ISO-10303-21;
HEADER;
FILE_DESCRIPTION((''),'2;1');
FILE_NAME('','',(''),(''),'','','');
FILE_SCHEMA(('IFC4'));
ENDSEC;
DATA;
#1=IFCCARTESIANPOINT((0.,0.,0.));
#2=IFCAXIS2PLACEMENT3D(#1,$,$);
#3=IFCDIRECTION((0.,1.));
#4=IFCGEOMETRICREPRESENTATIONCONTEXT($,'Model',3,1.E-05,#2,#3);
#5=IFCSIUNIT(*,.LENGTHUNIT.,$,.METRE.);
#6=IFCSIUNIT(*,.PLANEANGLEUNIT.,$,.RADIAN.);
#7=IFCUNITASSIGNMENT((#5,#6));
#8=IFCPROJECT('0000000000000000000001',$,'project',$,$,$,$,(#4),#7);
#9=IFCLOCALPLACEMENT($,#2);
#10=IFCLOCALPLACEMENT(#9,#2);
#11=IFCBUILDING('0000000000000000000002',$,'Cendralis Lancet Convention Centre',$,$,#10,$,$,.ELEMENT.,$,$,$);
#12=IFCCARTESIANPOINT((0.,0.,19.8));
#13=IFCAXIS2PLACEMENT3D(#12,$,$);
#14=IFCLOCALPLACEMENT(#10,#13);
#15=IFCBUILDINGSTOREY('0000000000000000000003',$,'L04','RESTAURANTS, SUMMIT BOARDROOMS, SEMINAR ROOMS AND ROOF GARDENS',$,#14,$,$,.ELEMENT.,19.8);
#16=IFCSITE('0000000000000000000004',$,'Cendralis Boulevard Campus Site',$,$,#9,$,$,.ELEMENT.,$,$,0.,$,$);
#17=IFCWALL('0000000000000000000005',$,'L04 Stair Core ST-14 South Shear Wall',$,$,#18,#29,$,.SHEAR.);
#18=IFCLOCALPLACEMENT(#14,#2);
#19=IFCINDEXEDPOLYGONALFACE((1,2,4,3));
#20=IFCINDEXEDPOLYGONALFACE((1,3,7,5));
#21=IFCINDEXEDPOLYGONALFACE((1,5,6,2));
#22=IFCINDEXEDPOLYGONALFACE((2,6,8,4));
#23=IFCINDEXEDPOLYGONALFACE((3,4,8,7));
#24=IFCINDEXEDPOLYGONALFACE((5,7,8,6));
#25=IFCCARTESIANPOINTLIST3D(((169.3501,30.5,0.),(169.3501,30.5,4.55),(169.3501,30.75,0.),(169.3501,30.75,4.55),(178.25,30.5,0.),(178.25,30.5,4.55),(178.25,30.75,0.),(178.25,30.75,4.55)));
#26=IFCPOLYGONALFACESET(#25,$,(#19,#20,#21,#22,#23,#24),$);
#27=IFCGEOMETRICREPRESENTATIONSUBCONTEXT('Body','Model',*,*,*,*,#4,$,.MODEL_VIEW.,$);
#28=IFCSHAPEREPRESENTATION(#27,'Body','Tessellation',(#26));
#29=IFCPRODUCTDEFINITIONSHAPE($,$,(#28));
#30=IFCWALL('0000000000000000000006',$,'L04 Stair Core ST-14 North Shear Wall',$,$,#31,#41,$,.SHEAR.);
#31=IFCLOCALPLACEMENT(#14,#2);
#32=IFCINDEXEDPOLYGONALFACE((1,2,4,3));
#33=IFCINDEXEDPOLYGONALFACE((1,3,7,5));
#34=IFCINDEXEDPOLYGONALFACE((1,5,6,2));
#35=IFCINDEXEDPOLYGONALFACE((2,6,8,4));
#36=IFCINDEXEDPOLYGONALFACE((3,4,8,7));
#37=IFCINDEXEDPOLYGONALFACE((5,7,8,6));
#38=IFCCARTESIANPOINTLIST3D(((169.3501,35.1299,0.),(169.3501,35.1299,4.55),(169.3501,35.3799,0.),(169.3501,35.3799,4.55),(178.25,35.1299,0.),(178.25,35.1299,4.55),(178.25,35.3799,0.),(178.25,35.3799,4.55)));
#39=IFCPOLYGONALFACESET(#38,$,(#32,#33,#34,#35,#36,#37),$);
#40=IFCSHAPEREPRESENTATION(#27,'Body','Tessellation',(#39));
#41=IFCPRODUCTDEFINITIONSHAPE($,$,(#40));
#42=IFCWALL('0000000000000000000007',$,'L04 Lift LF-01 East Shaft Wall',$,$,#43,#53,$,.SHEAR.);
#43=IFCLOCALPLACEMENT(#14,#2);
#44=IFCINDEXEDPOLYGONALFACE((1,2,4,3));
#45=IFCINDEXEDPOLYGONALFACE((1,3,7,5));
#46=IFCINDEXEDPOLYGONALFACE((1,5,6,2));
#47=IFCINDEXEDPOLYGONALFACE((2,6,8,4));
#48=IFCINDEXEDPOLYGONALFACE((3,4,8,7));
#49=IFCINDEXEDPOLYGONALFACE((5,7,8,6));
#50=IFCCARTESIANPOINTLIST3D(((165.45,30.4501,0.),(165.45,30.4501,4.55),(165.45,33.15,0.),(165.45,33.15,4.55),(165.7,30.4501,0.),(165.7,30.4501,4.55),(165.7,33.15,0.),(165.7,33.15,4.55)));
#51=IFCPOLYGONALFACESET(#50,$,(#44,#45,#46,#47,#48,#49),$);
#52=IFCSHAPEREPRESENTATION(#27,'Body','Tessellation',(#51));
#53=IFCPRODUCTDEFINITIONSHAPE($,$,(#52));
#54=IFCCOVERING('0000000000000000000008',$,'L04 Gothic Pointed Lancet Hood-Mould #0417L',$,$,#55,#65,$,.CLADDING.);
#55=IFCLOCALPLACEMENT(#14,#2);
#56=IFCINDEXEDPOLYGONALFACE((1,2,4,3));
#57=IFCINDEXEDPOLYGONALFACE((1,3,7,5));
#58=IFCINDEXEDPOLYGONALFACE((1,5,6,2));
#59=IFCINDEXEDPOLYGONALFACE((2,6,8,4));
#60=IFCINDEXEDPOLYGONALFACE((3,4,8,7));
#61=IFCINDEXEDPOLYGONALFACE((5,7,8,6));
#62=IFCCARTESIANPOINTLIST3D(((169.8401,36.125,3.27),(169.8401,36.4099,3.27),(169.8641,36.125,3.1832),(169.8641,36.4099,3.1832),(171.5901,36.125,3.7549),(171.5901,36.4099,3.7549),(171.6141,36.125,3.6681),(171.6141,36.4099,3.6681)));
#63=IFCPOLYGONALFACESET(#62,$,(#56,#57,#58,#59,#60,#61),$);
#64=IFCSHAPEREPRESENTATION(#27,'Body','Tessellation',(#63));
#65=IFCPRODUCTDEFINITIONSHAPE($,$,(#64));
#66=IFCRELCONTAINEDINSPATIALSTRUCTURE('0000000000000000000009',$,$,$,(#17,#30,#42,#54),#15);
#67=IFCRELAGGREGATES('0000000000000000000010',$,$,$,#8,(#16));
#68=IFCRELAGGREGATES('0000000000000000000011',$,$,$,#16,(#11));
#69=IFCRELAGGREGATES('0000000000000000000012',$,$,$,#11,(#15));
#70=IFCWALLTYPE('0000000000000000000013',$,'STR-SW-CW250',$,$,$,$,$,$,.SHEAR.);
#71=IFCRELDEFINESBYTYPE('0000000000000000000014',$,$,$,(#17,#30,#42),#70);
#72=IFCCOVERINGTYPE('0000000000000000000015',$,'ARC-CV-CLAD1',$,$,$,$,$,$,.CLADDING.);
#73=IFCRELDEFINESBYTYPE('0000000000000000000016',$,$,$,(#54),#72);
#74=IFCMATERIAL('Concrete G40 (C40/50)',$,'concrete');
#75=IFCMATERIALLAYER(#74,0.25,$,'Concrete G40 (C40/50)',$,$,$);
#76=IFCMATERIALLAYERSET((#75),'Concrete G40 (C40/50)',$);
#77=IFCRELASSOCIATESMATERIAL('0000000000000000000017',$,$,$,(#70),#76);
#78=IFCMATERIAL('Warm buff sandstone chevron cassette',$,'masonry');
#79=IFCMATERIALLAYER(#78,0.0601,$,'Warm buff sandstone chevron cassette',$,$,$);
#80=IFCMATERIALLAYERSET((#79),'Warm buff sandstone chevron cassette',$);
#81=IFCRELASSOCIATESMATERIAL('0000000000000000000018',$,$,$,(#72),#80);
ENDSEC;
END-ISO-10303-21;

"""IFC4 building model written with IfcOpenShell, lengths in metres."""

from ifc_helpers import new_model, si_unit, direction, frame, frame_2d, origin, place, context, subcontext, project, spatial, polyline, rectangle, outline, extrude, material, layer, layer_set, type_object, element, save


model = new_model("IFC4")

# Units and contexts
model_context = context("Model", 3, precision=1e-05, world=origin(), true_north=direction((0.0, 1.0)))
body_context = subcontext(model_context, "Body", "Model", "MODEL_VIEW")
ifc_project = project(units=[si_unit("LENGTHUNIT", "METRE"), si_unit("PLANEANGLEUNIT", "RADIAN")], contexts=[model_context])

# Site, building, storey
site_placement = place(None, origin())
site = spatial("IfcSite", under=ifc_project, at=site_placement, Name="Cendralis Boulevard Campus Site", CompositionType="ELEMENT", RefElevation=0.0)
building_placement = place(site_placement, origin())
building = spatial("IfcBuilding", under=site, at=building_placement, Name="Cendralis Lancet Convention Centre", CompositionType="ELEMENT")
storey_placement = place(building_placement, frame((0.0, 0.0, 19.8)))
storey = spatial("IfcBuildingStorey", under=building, at=storey_placement, Name="L04", Description="RESTAURANTS, SUMMIT BOARDROOMS, SEMINAR ROOMS AND ROOF GARDENS", CompositionType="ELEMENT", Elevation=19.8)

# Shared definitions
ifc_material_1 = material(Name="Concrete G40 (C40/50)", Category="concrete")

# Shared definitions
ifc_layer_1 = layer(ifc_material_1, 0.25, Name="Concrete G40 (C40/50)")
ifc_layer_set_1 = layer_set([ifc_layer_1], Name="Concrete G40 (C40/50)")
wall_type_1 = type_object("IfcWallType", Name="STR-SW-CW250", PredefinedType="SHEAR", material=ifc_layer_set_1)

# Walls
for number, where, z_axis, x_axis, name in (
    (1, (169.3501, 30.625, 0.0), (0.0, 0.0, 1.0), (1.0, 0.0, 0.0), "L04 Stair Core ST-14 South Shear Wall"),
    (2, (169.3501, 35.2549, 0.0), (0.0, 0.0, 1.0), (1.0, 0.0, 0.0), "L04 Stair Core ST-14 North Shear Wall"),
):
    element("IfcWall", number, at=place(storey_placement, frame(where, z_axis=z_axis, x_axis=x_axis)), inside=storey, type_object=wall_type_1, Name=name, PredefinedType="SHEAR", context=body_context, shape_type="SweptSolid", body=[
        extrude(rectangle(XDim=8.8999, YDim=0.25, at=frame_2d((4.45, 0.0))), origin(), (0.0, 0.0, 1.0), 4.55),
    ])
wall_1_placement = place(storey_placement, frame((165.575, 30.45, 0.0), z_axis=(0.0, 0.0, 1.0), x_axis=(0.0, 1.0, 0.0)))
element("IfcWall", 3, at=wall_1_placement, inside=storey, type_object=wall_type_1, Name="L04 Lift LF-01 East Shaft Wall", PredefinedType="SHEAR", context=body_context, shape_type="SweptSolid", body=[
    extrude(rectangle(XDim=2.7, YDim=0.25, at=frame_2d((1.3501, 0.0))), origin(), (0.0, 0.0, 1.0), 4.55),
])

# Covering
ifc_material_2 = material(Name="Warm buff sandstone chevron cassette", Category="masonry")
ifc_layer_2 = layer(ifc_material_2, 0.0601, Name="Warm buff sandstone chevron cassette")
ifc_layer_set_2 = layer_set([ifc_layer_2], Name="Warm buff sandstone chevron cassette")
covering_type = type_object("IfcCoveringType", Name="ARC-CV-CLAD1", PredefinedType="CLADDING", material=ifc_layer_set_2)
covering_placement = place(storey_placement, frame((169.8401, 36.4099, 3.27), z_axis=(-0.267006, 0.0, 0.963695), x_axis=(0.0, -1.0, 0.0)))
element("IfcCovering", 4, at=covering_placement, inside=storey, type_object=covering_type, Name="L04 Gothic Pointed Lancet Hood-Mould #0417L", PredefinedType="CLADDING", context=body_context, shape_type="SweptSolid", body=[
    extrude(outline(polyline([(0.0, 0.0), (0.2849, 0.0), (0.2849, 1.8159), (0.0, 1.8159), (0.0, 0.0)])), origin(), (0.0, 0.0, -1.0), 0.0901),
])

save(model, "model.ifc")
